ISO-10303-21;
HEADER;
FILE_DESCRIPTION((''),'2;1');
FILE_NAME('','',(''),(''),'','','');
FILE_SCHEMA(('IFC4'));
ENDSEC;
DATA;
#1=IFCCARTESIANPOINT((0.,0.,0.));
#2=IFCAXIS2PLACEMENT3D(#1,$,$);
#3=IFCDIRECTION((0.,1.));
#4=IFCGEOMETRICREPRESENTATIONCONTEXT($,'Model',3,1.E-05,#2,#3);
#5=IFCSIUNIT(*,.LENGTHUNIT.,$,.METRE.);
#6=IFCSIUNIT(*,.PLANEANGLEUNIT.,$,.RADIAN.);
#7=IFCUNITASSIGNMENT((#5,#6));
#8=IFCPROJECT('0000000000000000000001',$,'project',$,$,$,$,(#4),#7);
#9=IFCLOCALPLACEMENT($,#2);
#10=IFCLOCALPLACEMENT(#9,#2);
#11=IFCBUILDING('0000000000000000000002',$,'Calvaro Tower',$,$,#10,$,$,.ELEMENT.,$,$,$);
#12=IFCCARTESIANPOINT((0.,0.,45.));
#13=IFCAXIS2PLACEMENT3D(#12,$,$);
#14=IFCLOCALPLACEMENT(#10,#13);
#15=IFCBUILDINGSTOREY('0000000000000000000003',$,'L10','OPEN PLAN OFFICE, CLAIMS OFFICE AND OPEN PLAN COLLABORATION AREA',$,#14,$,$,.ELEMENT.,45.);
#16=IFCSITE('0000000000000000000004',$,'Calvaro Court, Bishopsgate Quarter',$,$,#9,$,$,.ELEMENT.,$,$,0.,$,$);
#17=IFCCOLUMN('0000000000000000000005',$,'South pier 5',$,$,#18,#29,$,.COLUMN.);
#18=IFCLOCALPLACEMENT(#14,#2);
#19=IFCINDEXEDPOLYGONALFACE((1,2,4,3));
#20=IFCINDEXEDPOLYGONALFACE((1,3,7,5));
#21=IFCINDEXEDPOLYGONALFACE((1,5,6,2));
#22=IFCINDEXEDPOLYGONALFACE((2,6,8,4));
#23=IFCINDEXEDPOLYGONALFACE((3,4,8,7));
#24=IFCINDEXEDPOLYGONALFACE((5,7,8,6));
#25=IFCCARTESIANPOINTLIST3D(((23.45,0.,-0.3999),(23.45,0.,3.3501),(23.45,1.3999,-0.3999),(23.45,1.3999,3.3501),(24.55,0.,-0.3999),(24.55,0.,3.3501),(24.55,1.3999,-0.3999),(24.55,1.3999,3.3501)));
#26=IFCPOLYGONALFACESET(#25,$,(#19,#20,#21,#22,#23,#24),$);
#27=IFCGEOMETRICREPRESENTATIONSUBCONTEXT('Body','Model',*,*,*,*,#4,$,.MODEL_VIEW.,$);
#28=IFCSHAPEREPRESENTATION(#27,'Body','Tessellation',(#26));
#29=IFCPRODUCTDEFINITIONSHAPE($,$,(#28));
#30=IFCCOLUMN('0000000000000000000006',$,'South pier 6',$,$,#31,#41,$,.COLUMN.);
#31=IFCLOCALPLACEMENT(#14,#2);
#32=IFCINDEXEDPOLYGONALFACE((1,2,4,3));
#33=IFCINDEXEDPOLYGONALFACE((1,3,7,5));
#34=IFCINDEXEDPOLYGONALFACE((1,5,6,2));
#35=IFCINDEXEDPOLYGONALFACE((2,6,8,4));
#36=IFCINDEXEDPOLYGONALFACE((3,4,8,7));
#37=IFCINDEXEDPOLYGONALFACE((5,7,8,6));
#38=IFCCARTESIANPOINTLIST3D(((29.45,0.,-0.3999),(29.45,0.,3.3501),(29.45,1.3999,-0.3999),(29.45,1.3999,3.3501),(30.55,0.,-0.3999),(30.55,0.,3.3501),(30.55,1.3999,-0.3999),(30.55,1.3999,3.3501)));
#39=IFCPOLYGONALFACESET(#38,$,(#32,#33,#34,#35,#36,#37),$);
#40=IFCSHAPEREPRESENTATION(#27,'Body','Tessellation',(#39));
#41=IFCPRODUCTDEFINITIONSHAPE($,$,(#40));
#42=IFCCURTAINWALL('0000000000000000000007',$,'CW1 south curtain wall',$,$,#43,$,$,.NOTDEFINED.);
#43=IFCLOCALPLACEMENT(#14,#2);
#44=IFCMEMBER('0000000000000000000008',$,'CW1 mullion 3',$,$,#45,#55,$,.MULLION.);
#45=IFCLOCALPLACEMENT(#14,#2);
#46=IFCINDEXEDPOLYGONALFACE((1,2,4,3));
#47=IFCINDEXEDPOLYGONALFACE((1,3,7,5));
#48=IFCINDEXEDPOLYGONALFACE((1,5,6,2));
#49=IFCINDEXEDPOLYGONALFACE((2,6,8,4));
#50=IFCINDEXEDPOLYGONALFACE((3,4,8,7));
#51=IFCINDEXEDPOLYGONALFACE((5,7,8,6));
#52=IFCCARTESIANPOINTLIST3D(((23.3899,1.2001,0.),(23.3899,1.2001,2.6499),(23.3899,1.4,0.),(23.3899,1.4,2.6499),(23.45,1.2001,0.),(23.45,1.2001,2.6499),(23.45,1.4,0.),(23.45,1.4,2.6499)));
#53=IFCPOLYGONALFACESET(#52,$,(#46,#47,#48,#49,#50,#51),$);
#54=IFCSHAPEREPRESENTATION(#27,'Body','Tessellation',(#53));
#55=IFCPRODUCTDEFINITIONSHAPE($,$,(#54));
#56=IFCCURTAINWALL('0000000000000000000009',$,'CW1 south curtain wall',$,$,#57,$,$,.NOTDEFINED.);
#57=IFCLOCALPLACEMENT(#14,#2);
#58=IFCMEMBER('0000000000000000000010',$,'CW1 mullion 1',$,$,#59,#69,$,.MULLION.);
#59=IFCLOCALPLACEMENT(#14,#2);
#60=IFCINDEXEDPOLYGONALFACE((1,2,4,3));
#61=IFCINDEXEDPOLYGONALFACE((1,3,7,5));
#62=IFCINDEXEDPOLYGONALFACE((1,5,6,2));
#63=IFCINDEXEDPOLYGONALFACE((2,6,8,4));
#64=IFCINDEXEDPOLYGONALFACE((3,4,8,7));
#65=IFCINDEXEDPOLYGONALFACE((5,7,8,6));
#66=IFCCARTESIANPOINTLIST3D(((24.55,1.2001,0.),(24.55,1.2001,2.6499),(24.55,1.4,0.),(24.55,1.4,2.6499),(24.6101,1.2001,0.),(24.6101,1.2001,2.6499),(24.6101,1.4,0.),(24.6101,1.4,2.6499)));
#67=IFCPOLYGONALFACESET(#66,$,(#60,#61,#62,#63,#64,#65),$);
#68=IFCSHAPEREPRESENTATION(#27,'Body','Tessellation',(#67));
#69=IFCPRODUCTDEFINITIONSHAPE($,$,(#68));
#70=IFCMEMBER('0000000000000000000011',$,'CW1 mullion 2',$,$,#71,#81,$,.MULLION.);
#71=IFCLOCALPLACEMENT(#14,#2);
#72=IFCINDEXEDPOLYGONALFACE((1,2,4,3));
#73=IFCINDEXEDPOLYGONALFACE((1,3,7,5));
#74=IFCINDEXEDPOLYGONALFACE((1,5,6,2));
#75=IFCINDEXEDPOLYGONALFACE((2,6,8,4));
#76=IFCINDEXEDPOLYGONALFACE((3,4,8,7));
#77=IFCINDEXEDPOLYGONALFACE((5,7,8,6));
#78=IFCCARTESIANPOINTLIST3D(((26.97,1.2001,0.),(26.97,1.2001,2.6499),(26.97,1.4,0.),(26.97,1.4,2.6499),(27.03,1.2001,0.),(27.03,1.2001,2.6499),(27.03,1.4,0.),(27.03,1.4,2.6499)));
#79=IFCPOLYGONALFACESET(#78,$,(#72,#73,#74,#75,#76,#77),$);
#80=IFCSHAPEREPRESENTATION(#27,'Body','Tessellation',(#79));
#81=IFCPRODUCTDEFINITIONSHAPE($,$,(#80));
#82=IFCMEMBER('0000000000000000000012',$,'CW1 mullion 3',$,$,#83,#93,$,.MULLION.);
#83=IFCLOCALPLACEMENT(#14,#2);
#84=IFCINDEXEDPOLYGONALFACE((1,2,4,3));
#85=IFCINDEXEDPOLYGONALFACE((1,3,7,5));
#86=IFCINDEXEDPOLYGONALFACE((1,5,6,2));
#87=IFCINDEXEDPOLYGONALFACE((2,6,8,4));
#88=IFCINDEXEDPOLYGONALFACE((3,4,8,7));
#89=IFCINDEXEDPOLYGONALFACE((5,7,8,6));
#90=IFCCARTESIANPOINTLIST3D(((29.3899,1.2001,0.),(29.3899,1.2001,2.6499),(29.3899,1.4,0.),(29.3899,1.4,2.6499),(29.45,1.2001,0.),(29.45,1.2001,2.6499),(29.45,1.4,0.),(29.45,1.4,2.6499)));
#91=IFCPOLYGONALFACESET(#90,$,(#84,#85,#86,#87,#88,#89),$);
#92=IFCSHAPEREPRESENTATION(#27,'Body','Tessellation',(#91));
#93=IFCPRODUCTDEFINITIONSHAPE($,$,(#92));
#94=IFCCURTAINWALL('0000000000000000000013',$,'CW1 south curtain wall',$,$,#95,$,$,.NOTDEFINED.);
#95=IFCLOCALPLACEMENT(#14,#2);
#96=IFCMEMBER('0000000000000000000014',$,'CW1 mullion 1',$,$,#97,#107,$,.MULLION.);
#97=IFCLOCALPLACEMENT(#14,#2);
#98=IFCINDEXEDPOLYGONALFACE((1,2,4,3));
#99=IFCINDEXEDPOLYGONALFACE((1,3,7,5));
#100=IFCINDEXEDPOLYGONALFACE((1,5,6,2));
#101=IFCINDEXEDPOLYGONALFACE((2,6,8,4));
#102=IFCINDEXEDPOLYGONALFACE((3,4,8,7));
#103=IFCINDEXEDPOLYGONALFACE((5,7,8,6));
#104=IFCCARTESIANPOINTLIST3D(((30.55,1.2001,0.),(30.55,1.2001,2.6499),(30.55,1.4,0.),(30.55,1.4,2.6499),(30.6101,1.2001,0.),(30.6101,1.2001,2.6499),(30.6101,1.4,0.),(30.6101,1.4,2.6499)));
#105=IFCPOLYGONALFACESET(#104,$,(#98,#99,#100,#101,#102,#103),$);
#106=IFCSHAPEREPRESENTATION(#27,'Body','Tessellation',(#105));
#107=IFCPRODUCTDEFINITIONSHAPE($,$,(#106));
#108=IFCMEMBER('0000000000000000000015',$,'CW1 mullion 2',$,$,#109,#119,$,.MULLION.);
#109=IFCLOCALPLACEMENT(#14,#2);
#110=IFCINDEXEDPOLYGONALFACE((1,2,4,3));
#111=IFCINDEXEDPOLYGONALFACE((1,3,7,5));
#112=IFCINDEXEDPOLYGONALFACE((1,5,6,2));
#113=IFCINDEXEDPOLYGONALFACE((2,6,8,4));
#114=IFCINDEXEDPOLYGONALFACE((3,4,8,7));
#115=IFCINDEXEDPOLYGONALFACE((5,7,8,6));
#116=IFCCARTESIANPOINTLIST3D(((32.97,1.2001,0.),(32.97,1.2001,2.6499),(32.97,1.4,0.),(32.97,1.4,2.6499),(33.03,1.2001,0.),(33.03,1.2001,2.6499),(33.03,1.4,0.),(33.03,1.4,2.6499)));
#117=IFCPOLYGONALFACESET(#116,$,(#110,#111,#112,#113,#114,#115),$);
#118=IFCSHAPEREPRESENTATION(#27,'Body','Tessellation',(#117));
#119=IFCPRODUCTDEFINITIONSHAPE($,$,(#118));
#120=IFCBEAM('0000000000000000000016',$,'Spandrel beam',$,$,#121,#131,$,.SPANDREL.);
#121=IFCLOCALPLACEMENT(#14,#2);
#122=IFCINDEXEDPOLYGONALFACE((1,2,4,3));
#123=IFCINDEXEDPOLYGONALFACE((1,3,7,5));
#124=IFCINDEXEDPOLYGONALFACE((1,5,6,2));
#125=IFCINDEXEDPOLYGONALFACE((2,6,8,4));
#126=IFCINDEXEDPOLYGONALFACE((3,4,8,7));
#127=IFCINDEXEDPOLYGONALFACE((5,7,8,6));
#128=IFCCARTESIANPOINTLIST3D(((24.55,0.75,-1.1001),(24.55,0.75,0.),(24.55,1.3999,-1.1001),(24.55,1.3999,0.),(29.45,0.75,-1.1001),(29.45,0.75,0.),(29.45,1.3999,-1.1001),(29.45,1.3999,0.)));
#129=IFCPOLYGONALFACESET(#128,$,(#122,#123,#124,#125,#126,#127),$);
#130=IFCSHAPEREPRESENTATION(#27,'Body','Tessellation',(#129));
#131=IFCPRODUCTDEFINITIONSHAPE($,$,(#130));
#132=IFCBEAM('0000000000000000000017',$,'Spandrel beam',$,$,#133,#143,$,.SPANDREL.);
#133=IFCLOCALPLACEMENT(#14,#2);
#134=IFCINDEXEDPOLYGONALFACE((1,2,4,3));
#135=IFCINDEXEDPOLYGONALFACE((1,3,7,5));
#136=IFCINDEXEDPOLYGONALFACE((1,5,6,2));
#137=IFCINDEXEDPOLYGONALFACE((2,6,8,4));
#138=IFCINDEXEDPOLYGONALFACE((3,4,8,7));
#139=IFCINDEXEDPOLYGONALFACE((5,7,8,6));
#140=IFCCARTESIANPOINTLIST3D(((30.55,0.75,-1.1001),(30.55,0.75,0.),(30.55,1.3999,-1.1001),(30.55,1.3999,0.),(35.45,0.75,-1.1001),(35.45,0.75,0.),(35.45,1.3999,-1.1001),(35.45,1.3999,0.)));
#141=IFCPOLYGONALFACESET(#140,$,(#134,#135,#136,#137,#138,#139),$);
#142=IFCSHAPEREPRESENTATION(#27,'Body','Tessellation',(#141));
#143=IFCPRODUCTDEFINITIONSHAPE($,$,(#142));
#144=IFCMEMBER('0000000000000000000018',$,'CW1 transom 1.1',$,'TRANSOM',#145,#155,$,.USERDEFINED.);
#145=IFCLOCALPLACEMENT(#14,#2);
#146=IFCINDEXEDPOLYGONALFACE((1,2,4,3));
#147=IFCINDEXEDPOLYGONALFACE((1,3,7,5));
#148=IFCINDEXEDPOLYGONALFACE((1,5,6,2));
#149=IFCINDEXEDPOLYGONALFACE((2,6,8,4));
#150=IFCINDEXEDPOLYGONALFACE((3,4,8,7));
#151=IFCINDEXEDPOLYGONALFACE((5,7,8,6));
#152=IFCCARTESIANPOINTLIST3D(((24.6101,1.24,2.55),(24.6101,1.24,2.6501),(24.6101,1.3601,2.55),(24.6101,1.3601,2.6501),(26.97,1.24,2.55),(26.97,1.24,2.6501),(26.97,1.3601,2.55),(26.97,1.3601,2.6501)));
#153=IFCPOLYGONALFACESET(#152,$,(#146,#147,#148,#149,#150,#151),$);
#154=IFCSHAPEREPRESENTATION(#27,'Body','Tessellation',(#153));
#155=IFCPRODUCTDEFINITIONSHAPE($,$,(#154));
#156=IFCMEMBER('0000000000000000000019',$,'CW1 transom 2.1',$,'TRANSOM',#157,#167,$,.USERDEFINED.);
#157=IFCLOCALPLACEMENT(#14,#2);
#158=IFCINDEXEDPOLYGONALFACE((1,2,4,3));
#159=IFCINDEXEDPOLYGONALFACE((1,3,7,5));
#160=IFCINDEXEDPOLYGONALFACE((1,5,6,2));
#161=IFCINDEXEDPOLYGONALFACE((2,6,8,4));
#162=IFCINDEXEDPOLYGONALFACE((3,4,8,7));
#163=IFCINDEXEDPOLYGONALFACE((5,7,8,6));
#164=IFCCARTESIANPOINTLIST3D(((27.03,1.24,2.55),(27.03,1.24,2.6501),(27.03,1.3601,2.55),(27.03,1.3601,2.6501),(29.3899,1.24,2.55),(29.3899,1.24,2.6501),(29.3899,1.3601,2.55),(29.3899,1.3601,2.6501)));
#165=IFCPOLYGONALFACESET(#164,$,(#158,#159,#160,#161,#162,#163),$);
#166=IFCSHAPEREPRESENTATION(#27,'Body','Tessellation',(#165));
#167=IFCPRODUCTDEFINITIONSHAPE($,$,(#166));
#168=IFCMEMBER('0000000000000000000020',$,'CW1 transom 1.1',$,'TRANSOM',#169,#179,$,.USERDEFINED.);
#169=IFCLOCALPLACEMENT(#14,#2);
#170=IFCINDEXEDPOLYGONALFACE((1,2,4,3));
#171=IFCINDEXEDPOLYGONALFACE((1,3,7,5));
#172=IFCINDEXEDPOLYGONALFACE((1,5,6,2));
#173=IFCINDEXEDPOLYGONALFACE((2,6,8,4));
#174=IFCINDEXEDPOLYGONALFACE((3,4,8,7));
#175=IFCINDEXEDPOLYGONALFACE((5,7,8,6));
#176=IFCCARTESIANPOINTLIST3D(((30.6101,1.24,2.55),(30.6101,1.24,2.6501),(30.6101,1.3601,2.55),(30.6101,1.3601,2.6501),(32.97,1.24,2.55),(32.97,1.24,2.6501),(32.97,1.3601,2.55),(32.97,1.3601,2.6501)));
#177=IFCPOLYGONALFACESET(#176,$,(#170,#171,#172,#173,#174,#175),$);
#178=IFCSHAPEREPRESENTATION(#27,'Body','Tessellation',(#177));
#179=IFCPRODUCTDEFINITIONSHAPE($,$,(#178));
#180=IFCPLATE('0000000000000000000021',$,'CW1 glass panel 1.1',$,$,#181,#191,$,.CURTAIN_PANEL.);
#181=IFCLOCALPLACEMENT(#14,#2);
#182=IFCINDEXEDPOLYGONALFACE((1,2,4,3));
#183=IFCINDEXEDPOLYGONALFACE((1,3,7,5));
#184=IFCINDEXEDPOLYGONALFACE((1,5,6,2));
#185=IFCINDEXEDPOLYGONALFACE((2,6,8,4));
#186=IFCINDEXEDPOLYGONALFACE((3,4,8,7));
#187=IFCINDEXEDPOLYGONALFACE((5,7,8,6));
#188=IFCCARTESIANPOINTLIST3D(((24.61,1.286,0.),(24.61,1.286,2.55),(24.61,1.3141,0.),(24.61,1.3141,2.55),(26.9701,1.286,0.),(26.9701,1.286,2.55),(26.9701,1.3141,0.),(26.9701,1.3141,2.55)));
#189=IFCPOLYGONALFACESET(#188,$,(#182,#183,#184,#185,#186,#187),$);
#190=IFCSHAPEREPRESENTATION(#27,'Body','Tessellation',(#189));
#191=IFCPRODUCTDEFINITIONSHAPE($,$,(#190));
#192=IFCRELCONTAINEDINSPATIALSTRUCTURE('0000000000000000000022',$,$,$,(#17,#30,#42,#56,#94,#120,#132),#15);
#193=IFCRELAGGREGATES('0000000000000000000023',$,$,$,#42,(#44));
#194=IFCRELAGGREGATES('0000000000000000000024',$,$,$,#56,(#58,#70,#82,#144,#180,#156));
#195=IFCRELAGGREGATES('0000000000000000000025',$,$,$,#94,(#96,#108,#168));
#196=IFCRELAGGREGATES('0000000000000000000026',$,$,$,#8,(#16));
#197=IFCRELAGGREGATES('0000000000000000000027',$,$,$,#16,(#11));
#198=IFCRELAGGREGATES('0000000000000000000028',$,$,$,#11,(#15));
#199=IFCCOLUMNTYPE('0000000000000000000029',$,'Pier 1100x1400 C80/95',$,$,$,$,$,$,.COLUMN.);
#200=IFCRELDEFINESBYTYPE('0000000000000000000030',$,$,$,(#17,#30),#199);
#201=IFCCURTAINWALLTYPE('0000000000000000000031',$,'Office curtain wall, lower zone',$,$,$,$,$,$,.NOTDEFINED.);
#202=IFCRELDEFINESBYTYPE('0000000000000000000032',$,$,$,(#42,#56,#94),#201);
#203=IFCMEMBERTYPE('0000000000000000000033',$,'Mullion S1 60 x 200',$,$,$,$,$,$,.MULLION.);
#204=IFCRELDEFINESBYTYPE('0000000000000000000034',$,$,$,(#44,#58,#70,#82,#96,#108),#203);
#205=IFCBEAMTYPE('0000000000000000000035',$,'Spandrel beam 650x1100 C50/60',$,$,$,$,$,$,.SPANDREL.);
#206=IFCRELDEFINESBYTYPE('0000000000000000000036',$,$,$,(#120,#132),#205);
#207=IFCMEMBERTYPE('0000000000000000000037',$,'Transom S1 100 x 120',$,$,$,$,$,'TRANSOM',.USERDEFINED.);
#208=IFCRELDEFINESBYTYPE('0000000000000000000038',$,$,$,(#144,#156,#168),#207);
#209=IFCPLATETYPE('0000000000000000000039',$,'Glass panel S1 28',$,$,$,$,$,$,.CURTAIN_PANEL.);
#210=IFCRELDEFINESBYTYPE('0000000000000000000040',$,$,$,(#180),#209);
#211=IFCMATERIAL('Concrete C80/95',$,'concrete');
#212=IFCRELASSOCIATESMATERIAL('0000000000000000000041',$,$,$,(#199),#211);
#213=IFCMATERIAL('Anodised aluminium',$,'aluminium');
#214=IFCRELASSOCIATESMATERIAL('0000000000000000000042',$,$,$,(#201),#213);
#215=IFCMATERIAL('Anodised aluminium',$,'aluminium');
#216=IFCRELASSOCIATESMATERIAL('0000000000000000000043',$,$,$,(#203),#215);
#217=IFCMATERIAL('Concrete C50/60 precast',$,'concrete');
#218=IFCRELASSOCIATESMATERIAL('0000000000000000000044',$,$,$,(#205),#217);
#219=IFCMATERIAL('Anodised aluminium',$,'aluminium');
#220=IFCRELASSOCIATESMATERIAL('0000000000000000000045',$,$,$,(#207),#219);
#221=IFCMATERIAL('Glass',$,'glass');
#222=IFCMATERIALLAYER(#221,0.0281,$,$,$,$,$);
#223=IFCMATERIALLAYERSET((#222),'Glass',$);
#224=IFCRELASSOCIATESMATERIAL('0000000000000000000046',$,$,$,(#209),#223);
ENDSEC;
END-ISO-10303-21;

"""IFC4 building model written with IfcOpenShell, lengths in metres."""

from ifc_helpers import new_model, si_unit, direction, frame, origin, origin_2d, place, context, subcontext, project, spatial, rectangle, extrude, material, layer, layer_set, material_profile, profile_set, type_object, element, aggregate, save


model = new_model("IFC4")

# Units and contexts
model_context = context("Model", 3, precision=1e-05, world=origin(), true_north=direction((0.0, 1.0)))
body_context = subcontext(model_context, "Body", "Model", "MODEL_VIEW")
ifc_project = project(units=[si_unit("LENGTHUNIT", "METRE"), si_unit("PLANEANGLEUNIT", "RADIAN")], contexts=[model_context])

# Site, building, storey
site_placement = place(None, origin())
site = spatial("IfcSite", under=ifc_project, at=site_placement, Name="Calvaro Court, Bishopsgate Quarter", CompositionType="ELEMENT", RefElevation=0.0)
building_placement = place(site_placement, origin())
building = spatial("IfcBuilding", under=site, at=building_placement, Name="Calvaro Tower", CompositionType="ELEMENT")
storey_placement = place(building_placement, frame((0.0, 0.0, 45.0)))
storey = spatial("IfcBuildingStorey", under=building, at=storey_placement, Name="L10", Description="OPEN PLAN OFFICE, CLAIMS OFFICE AND OPEN PLAN COLLABORATION AREA", CompositionType="ELEMENT", Elevation=45.0)

# Columns
ifc_material_1 = material(Name="Concrete C80/95", Category="concrete")
ifc_material_profile_1 = material_profile(ifc_material_1, rectangle(XDim=1.1001, YDim=1.3999, at=origin_2d()), Name="RC 1100x1400")
ifc_profile_set_1 = profile_set([ifc_material_profile_1], Name="Concrete C80/95")
column_type = type_object("IfcColumnType", Name="Pier 1100x1400 C80/95", PredefinedType="COLUMN", material=ifc_profile_set_1)
for number, where, z_axis, x_axis, name in (
    (1, (24.0, 0.7, -0.3999), (0.0, 0.0, 1.0), (1.0, 0.0, 0.0), "South pier 5"),
    (2, (30.0, 0.7, -0.3999), (0.0, 0.0, 1.0), (1.0, 0.0, 0.0), "South pier 6"),
):
    element("IfcColumn", number, at=place(storey_placement, frame(where, z_axis=z_axis, x_axis=x_axis)), inside=storey, type_object=column_type, Name=name, PredefinedType="COLUMN", context=body_context, shape_type="SweptSolid", body=[
        extrude(rectangle(XDim=1.1001, YDim=1.3999, at=origin_2d()), origin(), (0.0, 0.0, 1.0), 3.75),
    ])

# Curtain wall, member
ifc_material_2 = material(Name="Anodised aluminium", Category="aluminium")
curtain_wall_type = type_object("IfcCurtainWallType", Name="Office curtain wall, lower zone", PredefinedType="NOTDEFINED", material=ifc_material_2)
curtain_wall_1_placement = place(storey_placement, origin())
curtain_wall_1 = element("IfcCurtainWall", 3, at=curtain_wall_1_placement, inside=storey, type_object=curtain_wall_type, Name="CW1 south curtain wall", PredefinedType="NOTDEFINED")
ifc_material_3 = material(Name="Anodised aluminium", Category="aluminium")
ifc_material_profile_2 = material_profile(ifc_material_3, rectangle(XDim=0.2, YDim=0.0601, at=origin_2d()), Name="Mullion S1 60 x 200")
ifc_profile_set_2 = profile_set([ifc_material_profile_2], Name="Anodised aluminium")
member_type_1 = type_object("IfcMemberType", Name="Mullion S1 60 x 200", PredefinedType="MULLION", material=ifc_profile_set_2)
member_1_placement = place(storey_placement, frame((23.4199, 1.3, 0.0), z_axis=(0.0, 0.0, 1.0), x_axis=(0.0, 1.0, 0.0)))
member_1 = element("IfcMember", 4, at=member_1_placement, type_object=member_type_1, Name="CW1 mullion 3", PredefinedType="MULLION", context=body_context, shape_type="SweptSolid", body=[
    extrude(rectangle(XDim=0.2, YDim=0.0601, at=origin_2d()), origin(), (0.0, 0.0, 1.0), 2.6499),
])
aggregate(curtain_wall_1, [member_1])

# Curtain walls, members
curtain_wall_2_placement = place(storey_placement, origin())
curtain_wall_2 = element("IfcCurtainWall", 5, at=curtain_wall_2_placement, inside=storey, type_object=curtain_wall_type, Name="CW1 south curtain wall", PredefinedType="NOTDEFINED")
member_2_placement = place(storey_placement, frame((24.5801, 1.3, 0.0), z_axis=(0.0, 0.0, 1.0), x_axis=(0.0, 1.0, 0.0)))
member_2 = element("IfcMember", 6, at=member_2_placement, type_object=member_type_1, Name="CW1 mullion 1", PredefinedType="MULLION", context=body_context, shape_type="SweptSolid", body=[
    extrude(rectangle(XDim=0.2, YDim=0.0601, at=origin_2d()), origin(), (0.0, 0.0, 1.0), 2.6499),
])
member_3_placement = place(storey_placement, frame((27.0, 1.3, 0.0), z_axis=(0.0, 0.0, 1.0), x_axis=(0.0, 1.0, 0.0)))
member_3 = element("IfcMember", 7, at=member_3_placement, type_object=member_type_1, Name="CW1 mullion 2", PredefinedType="MULLION", context=body_context, shape_type="SweptSolid", body=[
    extrude(rectangle(XDim=0.2, YDim=0.0601, at=origin_2d()), origin(), (0.0, 0.0, 1.0), 2.6499),
])
member_4_placement = place(storey_placement, frame((29.4199, 1.3, 0.0), z_axis=(0.0, 0.0, 1.0), x_axis=(0.0, 1.0, 0.0)))
member_4 = element("IfcMember", 8, at=member_4_placement, type_object=member_type_1, Name="CW1 mullion 3", PredefinedType="MULLION", context=body_context, shape_type="SweptSolid", body=[
    extrude(rectangle(XDim=0.2, YDim=0.0601, at=origin_2d()), origin(), (0.0, 0.0, 1.0), 2.6499),
])
curtain_wall_3_placement = place(storey_placement, origin())
curtain_wall_3 = element("IfcCurtainWall", 9, at=curtain_wall_3_placement, inside=storey, type_object=curtain_wall_type, Name="CW1 south curtain wall", PredefinedType="NOTDEFINED")
member_5_placement = place(storey_placement, frame((30.5801, 1.3, 0.0), z_axis=(0.0, 0.0, 1.0), x_axis=(0.0, 1.0, 0.0)))
member_5 = element("IfcMember", 10, at=member_5_placement, type_object=member_type_1, Name="CW1 mullion 1", PredefinedType="MULLION", context=body_context, shape_type="SweptSolid", body=[
    extrude(rectangle(XDim=0.2, YDim=0.0601, at=origin_2d()), origin(), (0.0, 0.0, 1.0), 2.6499),
])
member_6_placement = place(storey_placement, frame((33.0, 1.3, 0.0), z_axis=(0.0, 0.0, 1.0), x_axis=(0.0, 1.0, 0.0)))
member_6 = element("IfcMember", 11, at=member_6_placement, type_object=member_type_1, Name="CW1 mullion 2", PredefinedType="MULLION", context=body_context, shape_type="SweptSolid", body=[
    extrude(rectangle(XDim=0.2, YDim=0.0601, at=origin_2d()), origin(), (0.0, 0.0, 1.0), 2.6499),
])

# Beams
ifc_material_4 = material(Name="Concrete C50/60 precast", Category="concrete")
ifc_material_profile_3 = material_profile(ifc_material_4, rectangle(XDim=0.6499, YDim=1.1001, at=origin_2d()), Name="RC 650x1100")
ifc_profile_set_3 = profile_set([ifc_material_profile_3], Name="Concrete C50/60 precast")
beam_type = type_object("IfcBeamType", Name="Spandrel beam 650x1100 C50/60", PredefinedType="SPANDREL", material=ifc_profile_set_3)
for number, where, z_axis, x_axis, name in (
    (12, (24.55, 1.075, -0.55), (1.0, 0.0, 0.0), (0.0, 1.0, 0.0), "Spandrel beam"),
    (13, (30.55, 1.075, -0.55), (1.0, 0.0, 0.0), (0.0, 1.0, 0.0), "Spandrel beam"),
):
    element("IfcBeam", number, at=place(storey_placement, frame(where, z_axis=z_axis, x_axis=x_axis)), inside=storey, type_object=beam_type, Name=name, PredefinedType="SPANDREL", context=body_context, shape_type="SweptSolid", body=[
        extrude(rectangle(XDim=0.6499, YDim=1.1001, at=origin_2d()), origin(), (0.0, 0.0, 1.0), 4.8999),
    ])

# Members
ifc_material_5 = material(Name="Anodised aluminium", Category="aluminium")
ifc_material_profile_4 = material_profile(ifc_material_5, rectangle(XDim=0.1201, YDim=0.1001, at=origin_2d()), Name="Transom S1 100 x 120")
ifc_profile_set_4 = profile_set([ifc_material_profile_4], Name="Anodised aluminium")
member_type_2 = type_object("IfcMemberType", Name="Transom S1 100 x 120", ElementType="TRANSOM", PredefinedType="USERDEFINED", material=ifc_profile_set_4)
member_7_placement = place(storey_placement, frame((24.6101, 1.3, 2.6001), z_axis=(1.0, 0.0, 0.0), x_axis=(0.0, 1.0, 0.0)))
member_7 = element("IfcMember", 14, at=member_7_placement, type_object=member_type_2, Name="CW1 transom 1.1", ObjectType="TRANSOM", PredefinedType="USERDEFINED", context=body_context, shape_type="SweptSolid", body=[
    extrude(rectangle(XDim=0.1201, YDim=0.1001, at=origin_2d()), origin(), (0.0, 0.0, 1.0), 2.3599),
])
member_8_placement = place(storey_placement, frame((27.03, 1.3, 2.6001), z_axis=(1.0, 0.0, 0.0), x_axis=(0.0, 1.0, 0.0)))
member_8 = element("IfcMember", 15, at=member_8_placement, type_object=member_type_2, Name="CW1 transom 2.1", ObjectType="TRANSOM", PredefinedType="USERDEFINED", context=body_context, shape_type="SweptSolid", body=[
    extrude(rectangle(XDim=0.1201, YDim=0.1001, at=origin_2d()), origin(), (0.0, 0.0, 1.0), 2.3599),
])
member_9_placement = place(storey_placement, frame((30.6101, 1.3, 2.6001), z_axis=(1.0, 0.0, 0.0), x_axis=(0.0, 1.0, 0.0)))
member_9 = element("IfcMember", 16, at=member_9_placement, type_object=member_type_2, Name="CW1 transom 1.1", ObjectType="TRANSOM", PredefinedType="USERDEFINED", context=body_context, shape_type="SweptSolid", body=[
    extrude(rectangle(XDim=0.1201, YDim=0.1001, at=origin_2d()), origin(), (0.0, 0.0, 1.0), 2.3599),
])

# Plate
ifc_material_6 = material(Name="Glass", Category="glass")
ifc_layer = layer(ifc_material_6, 0.0281)
ifc_layer_set = layer_set([ifc_layer], Name="Glass")
plate_type = type_object("IfcPlateType", Name="Glass panel S1 28", PredefinedType="CURTAIN_PANEL", material=ifc_layer_set)
plate_1_placement = place(storey_placement, frame((25.79, 1.3, 0.0), z_axis=(0.0, 0.0, 1.0), x_axis=(1.0, 0.0, 0.0)))
plate_1 = element("IfcPlate", 17, at=plate_1_placement, type_object=plate_type, Name="CW1 glass panel 1.1", PredefinedType="CURTAIN_PANEL", context=body_context, shape_type="SweptSolid", body=[
    extrude(rectangle(XDim=2.3601, YDim=0.0281, at=origin_2d()), origin(), (0.0, 0.0, 1.0), 2.55),
])
aggregate(curtain_wall_2, [member_2, member_3, member_4, member_7, plate_1, member_8])
aggregate(curtain_wall_3, [member_5, member_6, member_9])

save(model, "model.ifc")
